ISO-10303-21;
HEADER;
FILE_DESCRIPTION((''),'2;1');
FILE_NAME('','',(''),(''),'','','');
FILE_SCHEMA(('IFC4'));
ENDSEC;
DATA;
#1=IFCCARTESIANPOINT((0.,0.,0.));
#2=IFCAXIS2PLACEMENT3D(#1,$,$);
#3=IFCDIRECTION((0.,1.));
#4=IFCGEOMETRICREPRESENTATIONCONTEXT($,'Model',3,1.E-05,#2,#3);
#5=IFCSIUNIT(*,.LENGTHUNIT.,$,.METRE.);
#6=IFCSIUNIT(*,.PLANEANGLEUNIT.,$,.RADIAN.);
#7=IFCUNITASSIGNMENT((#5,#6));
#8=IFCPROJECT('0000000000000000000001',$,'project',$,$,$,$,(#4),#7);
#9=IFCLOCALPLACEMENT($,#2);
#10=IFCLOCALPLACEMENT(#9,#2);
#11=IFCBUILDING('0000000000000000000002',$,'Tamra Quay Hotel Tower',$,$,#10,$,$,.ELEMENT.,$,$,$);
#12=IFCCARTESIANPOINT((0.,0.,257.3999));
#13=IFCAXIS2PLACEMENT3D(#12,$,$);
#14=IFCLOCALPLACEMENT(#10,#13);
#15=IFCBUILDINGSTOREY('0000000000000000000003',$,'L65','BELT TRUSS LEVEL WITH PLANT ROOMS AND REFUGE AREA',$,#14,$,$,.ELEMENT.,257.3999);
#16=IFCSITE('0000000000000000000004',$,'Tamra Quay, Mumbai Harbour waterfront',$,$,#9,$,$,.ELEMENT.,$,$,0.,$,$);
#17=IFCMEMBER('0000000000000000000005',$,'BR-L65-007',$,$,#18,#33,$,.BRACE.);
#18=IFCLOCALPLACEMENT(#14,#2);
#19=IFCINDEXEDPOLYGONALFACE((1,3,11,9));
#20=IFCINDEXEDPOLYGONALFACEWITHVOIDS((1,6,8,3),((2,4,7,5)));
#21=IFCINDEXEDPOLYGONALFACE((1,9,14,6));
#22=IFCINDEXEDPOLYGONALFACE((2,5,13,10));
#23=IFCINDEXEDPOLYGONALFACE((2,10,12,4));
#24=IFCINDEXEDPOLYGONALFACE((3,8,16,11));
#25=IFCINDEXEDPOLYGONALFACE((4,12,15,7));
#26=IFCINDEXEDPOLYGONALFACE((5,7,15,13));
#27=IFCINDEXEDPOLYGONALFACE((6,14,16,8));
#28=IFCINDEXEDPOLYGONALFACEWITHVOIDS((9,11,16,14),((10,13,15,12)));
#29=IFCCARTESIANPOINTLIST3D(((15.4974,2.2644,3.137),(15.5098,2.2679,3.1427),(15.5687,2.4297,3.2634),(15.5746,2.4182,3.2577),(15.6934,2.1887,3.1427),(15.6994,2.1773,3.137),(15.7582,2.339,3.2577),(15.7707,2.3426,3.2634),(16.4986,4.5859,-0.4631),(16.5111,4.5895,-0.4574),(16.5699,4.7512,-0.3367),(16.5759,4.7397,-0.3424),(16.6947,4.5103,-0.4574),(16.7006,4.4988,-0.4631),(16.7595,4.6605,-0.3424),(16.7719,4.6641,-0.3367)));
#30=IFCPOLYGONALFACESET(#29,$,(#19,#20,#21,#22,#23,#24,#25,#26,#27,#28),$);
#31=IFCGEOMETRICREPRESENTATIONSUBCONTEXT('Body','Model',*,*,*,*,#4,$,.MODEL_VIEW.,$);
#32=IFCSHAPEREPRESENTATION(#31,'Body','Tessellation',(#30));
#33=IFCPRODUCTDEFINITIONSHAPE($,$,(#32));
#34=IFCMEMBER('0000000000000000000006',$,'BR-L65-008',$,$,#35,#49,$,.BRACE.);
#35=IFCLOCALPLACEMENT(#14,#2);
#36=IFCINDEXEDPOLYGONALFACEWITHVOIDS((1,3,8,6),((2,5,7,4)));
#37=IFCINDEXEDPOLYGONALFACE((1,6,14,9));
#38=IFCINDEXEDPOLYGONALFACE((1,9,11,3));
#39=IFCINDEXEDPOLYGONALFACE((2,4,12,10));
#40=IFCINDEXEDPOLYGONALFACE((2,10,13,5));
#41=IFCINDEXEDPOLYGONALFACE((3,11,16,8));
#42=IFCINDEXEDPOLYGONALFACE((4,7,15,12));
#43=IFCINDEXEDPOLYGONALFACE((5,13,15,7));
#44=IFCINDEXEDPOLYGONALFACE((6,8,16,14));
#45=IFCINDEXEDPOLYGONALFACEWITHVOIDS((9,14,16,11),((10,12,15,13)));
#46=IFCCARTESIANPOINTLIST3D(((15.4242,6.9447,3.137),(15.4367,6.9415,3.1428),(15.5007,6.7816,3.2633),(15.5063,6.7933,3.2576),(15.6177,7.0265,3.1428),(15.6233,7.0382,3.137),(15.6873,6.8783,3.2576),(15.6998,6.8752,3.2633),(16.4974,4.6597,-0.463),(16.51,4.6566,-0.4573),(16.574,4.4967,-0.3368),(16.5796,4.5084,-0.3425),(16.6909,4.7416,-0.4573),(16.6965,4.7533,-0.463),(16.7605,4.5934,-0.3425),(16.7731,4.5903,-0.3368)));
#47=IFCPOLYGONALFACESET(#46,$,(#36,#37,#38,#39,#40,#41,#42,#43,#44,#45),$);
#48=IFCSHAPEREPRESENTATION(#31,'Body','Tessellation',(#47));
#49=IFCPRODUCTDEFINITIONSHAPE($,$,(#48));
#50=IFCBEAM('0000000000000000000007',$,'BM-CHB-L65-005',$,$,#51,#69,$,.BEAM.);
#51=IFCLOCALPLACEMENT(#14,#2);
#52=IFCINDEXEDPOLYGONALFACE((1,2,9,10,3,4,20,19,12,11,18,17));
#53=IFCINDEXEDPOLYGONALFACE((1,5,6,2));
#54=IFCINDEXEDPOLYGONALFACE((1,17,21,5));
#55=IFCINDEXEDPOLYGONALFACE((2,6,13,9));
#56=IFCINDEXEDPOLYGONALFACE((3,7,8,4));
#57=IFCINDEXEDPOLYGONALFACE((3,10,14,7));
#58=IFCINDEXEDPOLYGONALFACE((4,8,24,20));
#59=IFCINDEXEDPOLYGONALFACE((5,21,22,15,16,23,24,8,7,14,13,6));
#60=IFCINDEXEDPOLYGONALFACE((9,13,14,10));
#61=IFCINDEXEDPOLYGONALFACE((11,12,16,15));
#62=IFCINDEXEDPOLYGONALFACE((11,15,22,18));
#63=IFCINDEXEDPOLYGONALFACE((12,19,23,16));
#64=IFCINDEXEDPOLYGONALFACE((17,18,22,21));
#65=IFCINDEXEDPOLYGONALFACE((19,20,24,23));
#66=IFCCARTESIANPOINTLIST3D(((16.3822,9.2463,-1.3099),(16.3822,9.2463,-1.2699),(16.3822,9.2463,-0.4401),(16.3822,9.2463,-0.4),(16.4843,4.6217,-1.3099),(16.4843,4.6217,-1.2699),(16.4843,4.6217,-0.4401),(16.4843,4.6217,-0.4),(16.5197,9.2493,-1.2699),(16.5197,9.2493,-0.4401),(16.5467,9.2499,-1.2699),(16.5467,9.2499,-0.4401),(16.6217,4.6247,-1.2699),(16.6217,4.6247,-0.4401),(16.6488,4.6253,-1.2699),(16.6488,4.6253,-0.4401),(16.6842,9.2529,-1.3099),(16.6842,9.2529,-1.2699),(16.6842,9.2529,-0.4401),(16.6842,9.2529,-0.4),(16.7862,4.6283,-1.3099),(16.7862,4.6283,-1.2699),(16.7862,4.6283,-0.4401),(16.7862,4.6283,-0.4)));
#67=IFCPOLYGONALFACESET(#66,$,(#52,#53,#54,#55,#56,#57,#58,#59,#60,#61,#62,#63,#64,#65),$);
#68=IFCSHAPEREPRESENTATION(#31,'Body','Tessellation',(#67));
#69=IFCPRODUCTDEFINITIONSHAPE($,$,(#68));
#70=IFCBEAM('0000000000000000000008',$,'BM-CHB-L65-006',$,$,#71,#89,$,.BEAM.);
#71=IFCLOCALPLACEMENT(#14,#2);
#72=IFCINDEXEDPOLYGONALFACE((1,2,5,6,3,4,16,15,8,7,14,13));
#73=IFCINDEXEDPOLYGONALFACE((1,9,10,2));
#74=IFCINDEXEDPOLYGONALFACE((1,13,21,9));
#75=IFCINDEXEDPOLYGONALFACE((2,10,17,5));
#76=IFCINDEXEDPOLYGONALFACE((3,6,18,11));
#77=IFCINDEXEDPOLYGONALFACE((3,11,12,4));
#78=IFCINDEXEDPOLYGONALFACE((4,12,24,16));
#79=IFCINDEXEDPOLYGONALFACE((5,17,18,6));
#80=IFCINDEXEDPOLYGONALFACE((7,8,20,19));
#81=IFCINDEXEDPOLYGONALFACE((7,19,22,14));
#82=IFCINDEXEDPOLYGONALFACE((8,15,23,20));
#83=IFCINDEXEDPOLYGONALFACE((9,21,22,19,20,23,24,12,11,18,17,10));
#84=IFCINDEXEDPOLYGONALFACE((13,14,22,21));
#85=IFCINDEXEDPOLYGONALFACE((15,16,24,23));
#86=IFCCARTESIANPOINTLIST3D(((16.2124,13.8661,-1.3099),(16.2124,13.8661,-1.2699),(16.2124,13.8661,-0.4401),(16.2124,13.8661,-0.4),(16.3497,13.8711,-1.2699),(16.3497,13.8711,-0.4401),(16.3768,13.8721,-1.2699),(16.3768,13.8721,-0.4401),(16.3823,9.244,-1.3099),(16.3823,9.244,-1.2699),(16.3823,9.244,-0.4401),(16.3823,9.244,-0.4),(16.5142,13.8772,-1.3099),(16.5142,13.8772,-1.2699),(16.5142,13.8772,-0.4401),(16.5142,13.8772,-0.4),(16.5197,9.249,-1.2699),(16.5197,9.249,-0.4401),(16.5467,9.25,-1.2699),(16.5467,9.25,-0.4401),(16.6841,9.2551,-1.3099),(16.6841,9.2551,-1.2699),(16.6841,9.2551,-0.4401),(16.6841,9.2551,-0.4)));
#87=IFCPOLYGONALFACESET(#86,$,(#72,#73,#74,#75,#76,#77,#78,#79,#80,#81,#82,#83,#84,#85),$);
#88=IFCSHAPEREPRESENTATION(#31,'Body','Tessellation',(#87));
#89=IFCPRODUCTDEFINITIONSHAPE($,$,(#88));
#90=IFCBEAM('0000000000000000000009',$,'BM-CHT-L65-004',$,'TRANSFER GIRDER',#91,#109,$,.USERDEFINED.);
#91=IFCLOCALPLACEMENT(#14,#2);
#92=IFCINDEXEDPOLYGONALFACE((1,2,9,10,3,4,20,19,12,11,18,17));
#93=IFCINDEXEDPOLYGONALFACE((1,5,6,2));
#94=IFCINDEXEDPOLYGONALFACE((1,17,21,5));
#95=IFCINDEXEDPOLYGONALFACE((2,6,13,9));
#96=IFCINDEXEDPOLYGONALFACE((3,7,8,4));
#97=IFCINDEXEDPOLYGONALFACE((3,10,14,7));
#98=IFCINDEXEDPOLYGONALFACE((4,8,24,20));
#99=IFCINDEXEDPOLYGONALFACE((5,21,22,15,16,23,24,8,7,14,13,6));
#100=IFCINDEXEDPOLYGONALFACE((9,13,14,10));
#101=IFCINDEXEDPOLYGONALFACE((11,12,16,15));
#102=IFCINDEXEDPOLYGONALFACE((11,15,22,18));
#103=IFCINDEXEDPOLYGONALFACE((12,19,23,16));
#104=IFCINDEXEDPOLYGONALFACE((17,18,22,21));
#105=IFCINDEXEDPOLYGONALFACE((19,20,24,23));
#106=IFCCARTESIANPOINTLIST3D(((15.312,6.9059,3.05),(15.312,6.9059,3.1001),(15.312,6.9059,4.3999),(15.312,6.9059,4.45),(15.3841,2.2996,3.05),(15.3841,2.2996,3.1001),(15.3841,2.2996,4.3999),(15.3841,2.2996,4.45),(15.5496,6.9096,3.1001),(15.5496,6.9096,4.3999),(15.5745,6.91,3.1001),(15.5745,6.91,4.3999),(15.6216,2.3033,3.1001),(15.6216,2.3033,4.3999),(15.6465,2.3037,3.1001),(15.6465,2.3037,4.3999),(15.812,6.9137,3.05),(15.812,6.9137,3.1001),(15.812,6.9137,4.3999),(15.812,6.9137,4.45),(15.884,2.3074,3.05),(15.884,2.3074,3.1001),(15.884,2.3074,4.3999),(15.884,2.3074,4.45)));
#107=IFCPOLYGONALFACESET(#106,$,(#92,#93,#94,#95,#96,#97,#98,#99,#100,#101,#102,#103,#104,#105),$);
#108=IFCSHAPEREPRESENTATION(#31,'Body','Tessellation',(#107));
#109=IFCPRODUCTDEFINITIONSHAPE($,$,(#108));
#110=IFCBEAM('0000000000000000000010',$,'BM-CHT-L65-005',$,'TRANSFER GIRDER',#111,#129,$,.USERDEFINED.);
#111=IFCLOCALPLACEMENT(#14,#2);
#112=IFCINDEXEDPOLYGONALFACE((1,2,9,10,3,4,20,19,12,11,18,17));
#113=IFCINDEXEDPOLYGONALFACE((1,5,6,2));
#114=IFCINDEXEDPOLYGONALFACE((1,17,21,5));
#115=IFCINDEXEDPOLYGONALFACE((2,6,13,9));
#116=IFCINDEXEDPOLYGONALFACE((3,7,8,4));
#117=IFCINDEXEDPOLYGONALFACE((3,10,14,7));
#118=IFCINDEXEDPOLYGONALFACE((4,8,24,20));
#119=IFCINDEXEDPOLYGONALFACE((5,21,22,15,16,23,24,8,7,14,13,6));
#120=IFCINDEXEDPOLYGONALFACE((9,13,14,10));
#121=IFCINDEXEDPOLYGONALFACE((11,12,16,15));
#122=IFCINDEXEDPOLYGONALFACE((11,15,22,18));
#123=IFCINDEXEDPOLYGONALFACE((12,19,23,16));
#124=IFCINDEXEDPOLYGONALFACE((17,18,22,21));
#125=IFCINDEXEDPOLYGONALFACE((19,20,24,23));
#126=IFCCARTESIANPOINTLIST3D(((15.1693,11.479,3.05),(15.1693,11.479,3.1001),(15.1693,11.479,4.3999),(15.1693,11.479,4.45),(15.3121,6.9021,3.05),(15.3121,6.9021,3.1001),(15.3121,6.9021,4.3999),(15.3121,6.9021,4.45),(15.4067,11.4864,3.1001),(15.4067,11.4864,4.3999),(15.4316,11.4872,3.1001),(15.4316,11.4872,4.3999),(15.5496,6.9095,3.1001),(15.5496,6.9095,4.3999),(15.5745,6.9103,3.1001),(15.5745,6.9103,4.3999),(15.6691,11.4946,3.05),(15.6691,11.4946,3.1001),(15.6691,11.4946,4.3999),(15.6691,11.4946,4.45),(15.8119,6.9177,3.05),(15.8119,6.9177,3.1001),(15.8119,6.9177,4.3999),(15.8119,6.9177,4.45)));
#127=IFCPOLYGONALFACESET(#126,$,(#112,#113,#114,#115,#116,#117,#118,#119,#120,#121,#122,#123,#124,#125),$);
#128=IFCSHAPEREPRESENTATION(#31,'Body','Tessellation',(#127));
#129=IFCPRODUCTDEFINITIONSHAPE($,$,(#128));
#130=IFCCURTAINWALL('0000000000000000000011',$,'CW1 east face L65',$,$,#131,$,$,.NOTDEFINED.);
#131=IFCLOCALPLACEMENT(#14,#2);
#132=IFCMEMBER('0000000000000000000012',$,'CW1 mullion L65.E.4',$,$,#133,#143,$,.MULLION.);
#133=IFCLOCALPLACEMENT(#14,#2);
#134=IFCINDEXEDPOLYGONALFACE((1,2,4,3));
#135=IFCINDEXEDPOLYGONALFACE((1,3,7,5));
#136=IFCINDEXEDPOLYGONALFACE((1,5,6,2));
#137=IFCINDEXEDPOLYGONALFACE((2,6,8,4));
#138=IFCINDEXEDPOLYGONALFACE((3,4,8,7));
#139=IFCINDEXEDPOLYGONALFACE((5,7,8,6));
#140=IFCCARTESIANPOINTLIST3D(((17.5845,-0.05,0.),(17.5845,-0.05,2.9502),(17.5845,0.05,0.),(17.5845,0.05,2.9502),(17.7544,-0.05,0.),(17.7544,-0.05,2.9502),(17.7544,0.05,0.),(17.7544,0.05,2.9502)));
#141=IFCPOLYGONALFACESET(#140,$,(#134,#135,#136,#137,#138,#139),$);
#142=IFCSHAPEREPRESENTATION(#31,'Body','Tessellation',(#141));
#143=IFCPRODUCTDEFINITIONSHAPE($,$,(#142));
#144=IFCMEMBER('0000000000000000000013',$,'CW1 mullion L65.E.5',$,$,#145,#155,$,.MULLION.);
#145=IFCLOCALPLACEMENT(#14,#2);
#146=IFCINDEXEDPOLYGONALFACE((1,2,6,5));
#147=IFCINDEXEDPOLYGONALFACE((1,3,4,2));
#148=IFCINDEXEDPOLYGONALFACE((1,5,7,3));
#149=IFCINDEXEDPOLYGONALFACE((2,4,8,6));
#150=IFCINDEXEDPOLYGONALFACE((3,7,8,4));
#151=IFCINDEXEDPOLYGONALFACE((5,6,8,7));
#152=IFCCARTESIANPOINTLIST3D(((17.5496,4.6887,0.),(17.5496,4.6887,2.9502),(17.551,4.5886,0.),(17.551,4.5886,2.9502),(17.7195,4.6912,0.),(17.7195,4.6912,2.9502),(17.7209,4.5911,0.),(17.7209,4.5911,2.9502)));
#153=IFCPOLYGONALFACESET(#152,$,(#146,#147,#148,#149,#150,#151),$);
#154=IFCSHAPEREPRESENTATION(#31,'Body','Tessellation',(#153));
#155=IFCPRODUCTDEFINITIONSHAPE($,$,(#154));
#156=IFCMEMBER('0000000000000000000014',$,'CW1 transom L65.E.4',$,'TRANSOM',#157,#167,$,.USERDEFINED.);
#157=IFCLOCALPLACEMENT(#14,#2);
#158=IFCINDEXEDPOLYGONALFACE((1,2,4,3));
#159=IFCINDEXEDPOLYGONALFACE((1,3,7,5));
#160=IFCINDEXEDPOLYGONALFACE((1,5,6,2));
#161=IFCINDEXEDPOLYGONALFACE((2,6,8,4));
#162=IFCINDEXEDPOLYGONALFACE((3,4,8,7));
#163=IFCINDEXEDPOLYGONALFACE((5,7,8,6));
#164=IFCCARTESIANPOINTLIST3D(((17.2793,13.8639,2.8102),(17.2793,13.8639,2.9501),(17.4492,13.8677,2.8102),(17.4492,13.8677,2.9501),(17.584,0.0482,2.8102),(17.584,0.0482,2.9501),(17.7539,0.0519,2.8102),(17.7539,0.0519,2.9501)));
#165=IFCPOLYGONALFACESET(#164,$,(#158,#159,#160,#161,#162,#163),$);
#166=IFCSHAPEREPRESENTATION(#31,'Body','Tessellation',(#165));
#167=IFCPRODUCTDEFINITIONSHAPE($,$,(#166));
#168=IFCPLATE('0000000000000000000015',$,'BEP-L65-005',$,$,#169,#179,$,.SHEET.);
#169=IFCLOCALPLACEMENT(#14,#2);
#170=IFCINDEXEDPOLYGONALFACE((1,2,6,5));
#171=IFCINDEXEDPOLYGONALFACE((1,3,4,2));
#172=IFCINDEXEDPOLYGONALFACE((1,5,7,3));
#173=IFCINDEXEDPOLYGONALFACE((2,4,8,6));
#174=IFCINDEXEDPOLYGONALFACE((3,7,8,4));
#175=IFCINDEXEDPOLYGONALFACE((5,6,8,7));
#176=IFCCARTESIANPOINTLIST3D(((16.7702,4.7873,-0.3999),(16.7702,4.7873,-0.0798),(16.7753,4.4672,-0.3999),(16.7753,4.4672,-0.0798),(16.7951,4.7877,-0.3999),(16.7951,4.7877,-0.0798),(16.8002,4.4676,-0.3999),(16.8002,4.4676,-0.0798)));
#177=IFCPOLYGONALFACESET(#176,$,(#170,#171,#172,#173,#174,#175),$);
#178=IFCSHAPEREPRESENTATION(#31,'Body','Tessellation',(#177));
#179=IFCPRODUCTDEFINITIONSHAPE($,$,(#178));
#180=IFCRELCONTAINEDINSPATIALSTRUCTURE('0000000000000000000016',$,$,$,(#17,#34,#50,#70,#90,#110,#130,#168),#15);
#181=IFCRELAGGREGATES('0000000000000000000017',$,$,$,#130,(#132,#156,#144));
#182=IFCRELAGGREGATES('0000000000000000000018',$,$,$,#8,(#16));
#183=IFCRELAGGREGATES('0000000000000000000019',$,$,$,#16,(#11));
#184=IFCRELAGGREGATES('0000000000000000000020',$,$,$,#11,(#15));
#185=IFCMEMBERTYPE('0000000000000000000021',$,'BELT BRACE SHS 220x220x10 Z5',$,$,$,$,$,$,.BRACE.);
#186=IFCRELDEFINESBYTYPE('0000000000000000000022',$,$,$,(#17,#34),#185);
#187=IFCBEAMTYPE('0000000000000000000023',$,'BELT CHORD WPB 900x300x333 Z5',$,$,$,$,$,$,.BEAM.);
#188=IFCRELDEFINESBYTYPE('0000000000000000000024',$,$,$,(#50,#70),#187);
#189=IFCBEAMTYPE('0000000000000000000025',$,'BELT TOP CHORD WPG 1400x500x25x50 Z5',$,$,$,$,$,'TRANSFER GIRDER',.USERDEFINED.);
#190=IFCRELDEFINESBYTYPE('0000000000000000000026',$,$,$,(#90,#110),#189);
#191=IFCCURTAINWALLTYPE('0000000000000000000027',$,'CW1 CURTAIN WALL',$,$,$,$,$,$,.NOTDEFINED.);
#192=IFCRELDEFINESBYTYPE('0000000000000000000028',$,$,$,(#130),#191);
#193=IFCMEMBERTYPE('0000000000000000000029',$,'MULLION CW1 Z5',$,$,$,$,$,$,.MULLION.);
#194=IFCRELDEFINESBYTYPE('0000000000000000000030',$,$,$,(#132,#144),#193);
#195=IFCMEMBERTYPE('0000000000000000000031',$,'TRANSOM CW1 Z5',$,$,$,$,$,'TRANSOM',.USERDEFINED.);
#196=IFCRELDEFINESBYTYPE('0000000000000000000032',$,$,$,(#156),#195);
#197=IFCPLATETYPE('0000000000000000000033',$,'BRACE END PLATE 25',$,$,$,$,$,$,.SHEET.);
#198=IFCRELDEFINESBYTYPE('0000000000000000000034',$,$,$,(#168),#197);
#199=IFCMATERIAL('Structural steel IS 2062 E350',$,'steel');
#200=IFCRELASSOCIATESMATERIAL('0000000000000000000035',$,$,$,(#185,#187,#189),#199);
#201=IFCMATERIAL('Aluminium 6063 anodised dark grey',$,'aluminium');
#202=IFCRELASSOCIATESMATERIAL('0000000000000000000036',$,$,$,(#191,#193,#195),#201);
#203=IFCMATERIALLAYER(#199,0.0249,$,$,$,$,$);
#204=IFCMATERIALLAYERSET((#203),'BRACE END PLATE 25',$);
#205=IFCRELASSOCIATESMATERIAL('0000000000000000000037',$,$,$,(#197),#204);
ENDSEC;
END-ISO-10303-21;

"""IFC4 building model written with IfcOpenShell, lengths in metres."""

from ifc_helpers import new_model, si_unit, direction, frame, origin, origin_2d, place, context, subcontext, project, spatial, rectangle, hollow_rectangle, i_section, extrude, material, layer, layer_set, material_profile, profile_set, type_object, element, aggregate, save


model = new_model("IFC4")

# Units and contexts
model_context = context("Model", 3, precision=1e-05, world=origin(), true_north=direction((0.0, 1.0)))
body_context = subcontext(model_context, "Body", "Model", "MODEL_VIEW")
ifc_project = project(units=[si_unit("LENGTHUNIT", "METRE"), si_unit("PLANEANGLEUNIT", "RADIAN")], contexts=[model_context])

# Site, building, storey
site_placement = place(None, origin())
site = spatial("IfcSite", under=ifc_project, at=site_placement, Name="Tamra Quay, Mumbai Harbour waterfront", CompositionType="ELEMENT", RefElevation=0.0)
building_placement = place(site_placement, origin())
building = spatial("IfcBuilding", under=site, at=building_placement, Name="Tamra Quay Hotel Tower", CompositionType="ELEMENT")
storey_placement = place(building_placement, frame((0.0, 0.0, 257.3999)))
storey = spatial("IfcBuildingStorey", under=building, at=storey_placement, Name="L65", Description="BELT TRUSS LEVEL WITH PLANT ROOMS AND REFUGE AREA", CompositionType="ELEMENT", Elevation=257.3999)

# Members
ifc_material_1 = material(Name="Structural steel IS 2062 E350", Category="steel")
ifc_material_profile_1 = material_profile(ifc_material_1, hollow_rectangle(XDim=0.22, YDim=0.22, WallThickness=0.01, at=origin_2d()), Name="SHS 220x220x10")
ifc_profile_set_1 = profile_set([ifc_material_profile_1], Name="Structural steel IS 2062 E350")
member_type_1 = type_object("IfcMemberType", Name="BELT BRACE SHS 220x220x10 Z5", PredefinedType="BRACE", material=ifc_profile_set_1)
member_1_placement = place(storey_placement, frame((16.6353, 4.625, -0.3999), z_axis=(-0.227593, -0.527721, 0.818359), x_axis=(0.918244, -0.396016, 0.0)))
element("IfcMember", 1, at=member_1_placement, inside=storey, type_object=member_type_1, Name="BR-L65-007", PredefinedType="BRACE", context=body_context, shape_type="SweptSolid", body=[
    extrude(hollow_rectangle(XDim=0.22, YDim=0.22, WallThickness=0.01, at=origin_2d()), origin(), (0.0, 0.0, 1.0), 4.3992),
])
member_2_placement = place(storey_placement, frame((16.6353, 4.625, -0.3999), z_axis=(-0.244087, 0.519656, 0.818767), x_axis=(-0.905125, -0.425145, 0.0)))
element("IfcMember", 2, at=member_2_placement, inside=storey, type_object=member_type_1, Name="BR-L65-008", PredefinedType="BRACE", context=body_context, shape_type="SweptSolid", body=[
    extrude(hollow_rectangle(XDim=0.22, YDim=0.22, WallThickness=0.01, at=origin_2d()), origin(), (0.0, 0.0, 1.0), 4.397),
])

# Beams
ifc_material_profile_2 = material_profile(ifc_material_1, i_section(OverallWidth=0.302, OverallDepth=0.9099, WebThickness=0.0271, FlangeThickness=0.04, at=origin_2d()), Name="WPB 900x300x333")
ifc_profile_set_2 = profile_set([ifc_material_profile_2], Name="Structural steel IS 2062 E350")
beam_type_1 = type_object("IfcBeamType", Name="BELT CHORD WPB 900x300x333 Z5", PredefinedType="BEAM", material=ifc_profile_set_2)
beam_1_placement = place(storey_placement, frame((16.6353, 4.625, -0.855), z_axis=(-0.022062, 0.999757, 0.0), x_axis=(-0.999757, -0.022062, 0.0)))
element("IfcBeam", 3, at=beam_1_placement, inside=storey, type_object=beam_type_1, Name="BM-CHB-L65-005", PredefinedType="BEAM", context=body_context, shape_type="SweptSolid", body=[
    extrude(i_section(OverallWidth=0.302, OverallDepth=0.9099, WebThickness=0.0271, FlangeThickness=0.04, at=origin_2d()), origin(), (0.0, 0.0, 1.0), 4.6257),
])
beam_2_placement = place(storey_placement, frame((16.5332, 9.2495, -0.855), z_axis=(-0.036738, 0.999325, 0.0), x_axis=(-0.999325, -0.036738, 0.0)))
element("IfcBeam", 4, at=beam_2_placement, inside=storey, type_object=beam_type_1, Name="BM-CHB-L65-006", PredefinedType="BEAM", context=body_context, shape_type="SweptSolid", body=[
    extrude(i_section(OverallWidth=0.302, OverallDepth=0.9099, WebThickness=0.0271, FlangeThickness=0.04, at=origin_2d()), origin(), (0.0, 0.0, 1.0), 4.6252),
])
ifc_material_profile_3 = material_profile(ifc_material_1, i_section(OverallWidth=0.5, OverallDepth=1.3999, WebThickness=0.0249, FlangeThickness=0.05, at=origin_2d()), Name="WPG 1400x500x25x50")
ifc_profile_set_3 = profile_set([ifc_material_profile_3], Name="Structural steel IS 2062 E350")
beam_type_2 = type_object("IfcBeamType", Name="BELT TOP CHORD WPG 1400x500x25x50 Z5", ElementType="TRANSFER GIRDER", PredefinedType="USERDEFINED", material=ifc_profile_set_3)
beam_3_placement = place(storey_placement, frame((15.634, 2.3035, 3.75), z_axis=(-0.015633, 0.999878, 0.0), x_axis=(-0.999878, -0.015633, 0.0)))
element("IfcBeam", 5, at=beam_3_placement, inside=storey, type_object=beam_type_2, Name="BM-CHT-L65-004", ObjectType="TRANSFER GIRDER", PredefinedType="USERDEFINED", context=body_context, shape_type="SweptSolid", body=[
    extrude(i_section(OverallWidth=0.5, OverallDepth=1.3999, WebThickness=0.0249, FlangeThickness=0.05, at=origin_2d()), origin(), (0.0, 0.0, 1.0), 4.6069),
])
beam_4_placement = place(storey_placement, frame((15.562, 6.9099, 3.75), z_axis=(-0.03119, 0.999513, 0.0), x_axis=(-0.999513, -0.03119, 0.0)))
element("IfcBeam", 6, at=beam_4_placement, inside=storey, type_object=beam_type_2, Name="BM-CHT-L65-005", ObjectType="TRANSFER GIRDER", PredefinedType="USERDEFINED", context=body_context, shape_type="SweptSolid", body=[
    extrude(i_section(OverallWidth=0.5, OverallDepth=1.3999, WebThickness=0.0249, FlangeThickness=0.05, at=origin_2d()), origin(), (0.0, 0.0, 1.0), 4.5791),
])

# Curtain wall, members
ifc_material_2 = material(Name="Aluminium 6063 anodised dark grey", Category="aluminium")
curtain_wall_type = type_object("IfcCurtainWallType", Name="CW1 CURTAIN WALL", PredefinedType="NOTDEFINED", material=ifc_material_2)
curtain_wall_placement = place(storey_placement, origin())
curtain_wall = element("IfcCurtainWall", 7, at=curtain_wall_placement, inside=storey, type_object=curtain_wall_type, Name="CW1 east face L65", PredefinedType="NOTDEFINED")
ifc_material_profile_4 = material_profile(ifc_material_2, rectangle(XDim=0.1699, YDim=0.1001, at=origin_2d()), Name="MULLION 100X170")
ifc_profile_set_4 = profile_set([ifc_material_profile_4], Name="Aluminium 6063 anodised dark grey")
member_type_2 = type_object("IfcMemberType", Name="MULLION CW1 Z5", PredefinedType="MULLION", material=ifc_profile_set_4)
member_3_placement = place(storey_placement, frame((17.6694, 0.0, 0.0), z_axis=(0.0, 0.0, 1.0), x_axis=(1.0, 0.0, 0.0)))
member_3 = element("IfcMember", 8, at=member_3_placement, type_object=member_type_2, Name="CW1 mullion L65.E.4", PredefinedType="MULLION", context=body_context, shape_type="SweptSolid", body=[
    extrude(rectangle(XDim=0.1699, YDim=0.1001, at=origin_2d()), origin(), (0.0, 0.0, 1.0), 2.9502),
])
member_4_placement = place(storey_placement, frame((17.6353, 4.6399, 0.0), z_axis=(0.0, 0.0, 1.0), x_axis=(0.999892, 0.014713, 0.0)))
member_4 = element("IfcMember", 9, at=member_4_placement, type_object=member_type_2, Name="CW1 mullion L65.E.5", PredefinedType="MULLION", context=body_context, shape_type="SweptSolid", body=[
    extrude(rectangle(XDim=0.1699, YDim=0.1001, at=origin_2d()), origin(), (0.0, 0.0, 1.0), 2.9502),
])
ifc_material_profile_5 = material_profile(ifc_material_2, rectangle(XDim=0.1699, YDim=0.1399, at=origin_2d()), Name="TRANSOM 170X140")
ifc_profile_set_5 = profile_set([ifc_material_profile_5], Name="Aluminium 6063 anodised dark grey")
member_type_3 = type_object("IfcMemberType", Name="TRANSOM CW1 Z5", ElementType="TRANSOM", PredefinedType="USERDEFINED", material=ifc_profile_set_5)
member_5_placement = place(storey_placement, frame((17.6689, 0.05, 2.8801), z_axis=(-0.022048, 0.999757, 0.0), x_axis=(-0.999757, -0.022048, 0.0)))
member_5 = element("IfcMember", 10, at=member_5_placement, type_object=member_type_3, Name="CW1 transom L65.E.4", ObjectType="TRANSOM", PredefinedType="USERDEFINED", context=body_context, shape_type="SweptSolid", body=[
    extrude(rectangle(XDim=0.1699, YDim=0.1399, at=origin_2d()), origin(), (0.0, 0.0, 1.0), 13.8191),
])

# Plate
ifc_layer_1 = layer(ifc_material_1, 0.0249)
ifc_layer_set_1 = layer_set([ifc_layer_1], Name="BRACE END PLATE 25")
plate_type_1 = type_object("IfcPlateType", Name="BRACE END PLATE 25", PredefinedType="SHEET", material=ifc_layer_set_1)
for number, where, z_axis, x_axis, name in (
    (11, (16.7852, 4.6274, -0.3999), (0.0, 0.0, 1.0), (0.999873, 0.015967, 0.0), "BEP-L65-005"),
):
    element("IfcPlate", number, at=place(storey_placement, frame(where, z_axis=z_axis, x_axis=x_axis)), inside=storey, type_object=plate_type_1, Name=name, PredefinedType="SHEET", context=body_context, shape_type="SweptSolid", body=[
        extrude(rectangle(XDim=0.0249, YDim=0.3201, at=origin_2d()), origin(), (0.0, 0.0, 1.0), 0.3201),
    ])

aggregate(curtain_wall, [member_3, member_5, member_4])

save(model, "model.ifc")
